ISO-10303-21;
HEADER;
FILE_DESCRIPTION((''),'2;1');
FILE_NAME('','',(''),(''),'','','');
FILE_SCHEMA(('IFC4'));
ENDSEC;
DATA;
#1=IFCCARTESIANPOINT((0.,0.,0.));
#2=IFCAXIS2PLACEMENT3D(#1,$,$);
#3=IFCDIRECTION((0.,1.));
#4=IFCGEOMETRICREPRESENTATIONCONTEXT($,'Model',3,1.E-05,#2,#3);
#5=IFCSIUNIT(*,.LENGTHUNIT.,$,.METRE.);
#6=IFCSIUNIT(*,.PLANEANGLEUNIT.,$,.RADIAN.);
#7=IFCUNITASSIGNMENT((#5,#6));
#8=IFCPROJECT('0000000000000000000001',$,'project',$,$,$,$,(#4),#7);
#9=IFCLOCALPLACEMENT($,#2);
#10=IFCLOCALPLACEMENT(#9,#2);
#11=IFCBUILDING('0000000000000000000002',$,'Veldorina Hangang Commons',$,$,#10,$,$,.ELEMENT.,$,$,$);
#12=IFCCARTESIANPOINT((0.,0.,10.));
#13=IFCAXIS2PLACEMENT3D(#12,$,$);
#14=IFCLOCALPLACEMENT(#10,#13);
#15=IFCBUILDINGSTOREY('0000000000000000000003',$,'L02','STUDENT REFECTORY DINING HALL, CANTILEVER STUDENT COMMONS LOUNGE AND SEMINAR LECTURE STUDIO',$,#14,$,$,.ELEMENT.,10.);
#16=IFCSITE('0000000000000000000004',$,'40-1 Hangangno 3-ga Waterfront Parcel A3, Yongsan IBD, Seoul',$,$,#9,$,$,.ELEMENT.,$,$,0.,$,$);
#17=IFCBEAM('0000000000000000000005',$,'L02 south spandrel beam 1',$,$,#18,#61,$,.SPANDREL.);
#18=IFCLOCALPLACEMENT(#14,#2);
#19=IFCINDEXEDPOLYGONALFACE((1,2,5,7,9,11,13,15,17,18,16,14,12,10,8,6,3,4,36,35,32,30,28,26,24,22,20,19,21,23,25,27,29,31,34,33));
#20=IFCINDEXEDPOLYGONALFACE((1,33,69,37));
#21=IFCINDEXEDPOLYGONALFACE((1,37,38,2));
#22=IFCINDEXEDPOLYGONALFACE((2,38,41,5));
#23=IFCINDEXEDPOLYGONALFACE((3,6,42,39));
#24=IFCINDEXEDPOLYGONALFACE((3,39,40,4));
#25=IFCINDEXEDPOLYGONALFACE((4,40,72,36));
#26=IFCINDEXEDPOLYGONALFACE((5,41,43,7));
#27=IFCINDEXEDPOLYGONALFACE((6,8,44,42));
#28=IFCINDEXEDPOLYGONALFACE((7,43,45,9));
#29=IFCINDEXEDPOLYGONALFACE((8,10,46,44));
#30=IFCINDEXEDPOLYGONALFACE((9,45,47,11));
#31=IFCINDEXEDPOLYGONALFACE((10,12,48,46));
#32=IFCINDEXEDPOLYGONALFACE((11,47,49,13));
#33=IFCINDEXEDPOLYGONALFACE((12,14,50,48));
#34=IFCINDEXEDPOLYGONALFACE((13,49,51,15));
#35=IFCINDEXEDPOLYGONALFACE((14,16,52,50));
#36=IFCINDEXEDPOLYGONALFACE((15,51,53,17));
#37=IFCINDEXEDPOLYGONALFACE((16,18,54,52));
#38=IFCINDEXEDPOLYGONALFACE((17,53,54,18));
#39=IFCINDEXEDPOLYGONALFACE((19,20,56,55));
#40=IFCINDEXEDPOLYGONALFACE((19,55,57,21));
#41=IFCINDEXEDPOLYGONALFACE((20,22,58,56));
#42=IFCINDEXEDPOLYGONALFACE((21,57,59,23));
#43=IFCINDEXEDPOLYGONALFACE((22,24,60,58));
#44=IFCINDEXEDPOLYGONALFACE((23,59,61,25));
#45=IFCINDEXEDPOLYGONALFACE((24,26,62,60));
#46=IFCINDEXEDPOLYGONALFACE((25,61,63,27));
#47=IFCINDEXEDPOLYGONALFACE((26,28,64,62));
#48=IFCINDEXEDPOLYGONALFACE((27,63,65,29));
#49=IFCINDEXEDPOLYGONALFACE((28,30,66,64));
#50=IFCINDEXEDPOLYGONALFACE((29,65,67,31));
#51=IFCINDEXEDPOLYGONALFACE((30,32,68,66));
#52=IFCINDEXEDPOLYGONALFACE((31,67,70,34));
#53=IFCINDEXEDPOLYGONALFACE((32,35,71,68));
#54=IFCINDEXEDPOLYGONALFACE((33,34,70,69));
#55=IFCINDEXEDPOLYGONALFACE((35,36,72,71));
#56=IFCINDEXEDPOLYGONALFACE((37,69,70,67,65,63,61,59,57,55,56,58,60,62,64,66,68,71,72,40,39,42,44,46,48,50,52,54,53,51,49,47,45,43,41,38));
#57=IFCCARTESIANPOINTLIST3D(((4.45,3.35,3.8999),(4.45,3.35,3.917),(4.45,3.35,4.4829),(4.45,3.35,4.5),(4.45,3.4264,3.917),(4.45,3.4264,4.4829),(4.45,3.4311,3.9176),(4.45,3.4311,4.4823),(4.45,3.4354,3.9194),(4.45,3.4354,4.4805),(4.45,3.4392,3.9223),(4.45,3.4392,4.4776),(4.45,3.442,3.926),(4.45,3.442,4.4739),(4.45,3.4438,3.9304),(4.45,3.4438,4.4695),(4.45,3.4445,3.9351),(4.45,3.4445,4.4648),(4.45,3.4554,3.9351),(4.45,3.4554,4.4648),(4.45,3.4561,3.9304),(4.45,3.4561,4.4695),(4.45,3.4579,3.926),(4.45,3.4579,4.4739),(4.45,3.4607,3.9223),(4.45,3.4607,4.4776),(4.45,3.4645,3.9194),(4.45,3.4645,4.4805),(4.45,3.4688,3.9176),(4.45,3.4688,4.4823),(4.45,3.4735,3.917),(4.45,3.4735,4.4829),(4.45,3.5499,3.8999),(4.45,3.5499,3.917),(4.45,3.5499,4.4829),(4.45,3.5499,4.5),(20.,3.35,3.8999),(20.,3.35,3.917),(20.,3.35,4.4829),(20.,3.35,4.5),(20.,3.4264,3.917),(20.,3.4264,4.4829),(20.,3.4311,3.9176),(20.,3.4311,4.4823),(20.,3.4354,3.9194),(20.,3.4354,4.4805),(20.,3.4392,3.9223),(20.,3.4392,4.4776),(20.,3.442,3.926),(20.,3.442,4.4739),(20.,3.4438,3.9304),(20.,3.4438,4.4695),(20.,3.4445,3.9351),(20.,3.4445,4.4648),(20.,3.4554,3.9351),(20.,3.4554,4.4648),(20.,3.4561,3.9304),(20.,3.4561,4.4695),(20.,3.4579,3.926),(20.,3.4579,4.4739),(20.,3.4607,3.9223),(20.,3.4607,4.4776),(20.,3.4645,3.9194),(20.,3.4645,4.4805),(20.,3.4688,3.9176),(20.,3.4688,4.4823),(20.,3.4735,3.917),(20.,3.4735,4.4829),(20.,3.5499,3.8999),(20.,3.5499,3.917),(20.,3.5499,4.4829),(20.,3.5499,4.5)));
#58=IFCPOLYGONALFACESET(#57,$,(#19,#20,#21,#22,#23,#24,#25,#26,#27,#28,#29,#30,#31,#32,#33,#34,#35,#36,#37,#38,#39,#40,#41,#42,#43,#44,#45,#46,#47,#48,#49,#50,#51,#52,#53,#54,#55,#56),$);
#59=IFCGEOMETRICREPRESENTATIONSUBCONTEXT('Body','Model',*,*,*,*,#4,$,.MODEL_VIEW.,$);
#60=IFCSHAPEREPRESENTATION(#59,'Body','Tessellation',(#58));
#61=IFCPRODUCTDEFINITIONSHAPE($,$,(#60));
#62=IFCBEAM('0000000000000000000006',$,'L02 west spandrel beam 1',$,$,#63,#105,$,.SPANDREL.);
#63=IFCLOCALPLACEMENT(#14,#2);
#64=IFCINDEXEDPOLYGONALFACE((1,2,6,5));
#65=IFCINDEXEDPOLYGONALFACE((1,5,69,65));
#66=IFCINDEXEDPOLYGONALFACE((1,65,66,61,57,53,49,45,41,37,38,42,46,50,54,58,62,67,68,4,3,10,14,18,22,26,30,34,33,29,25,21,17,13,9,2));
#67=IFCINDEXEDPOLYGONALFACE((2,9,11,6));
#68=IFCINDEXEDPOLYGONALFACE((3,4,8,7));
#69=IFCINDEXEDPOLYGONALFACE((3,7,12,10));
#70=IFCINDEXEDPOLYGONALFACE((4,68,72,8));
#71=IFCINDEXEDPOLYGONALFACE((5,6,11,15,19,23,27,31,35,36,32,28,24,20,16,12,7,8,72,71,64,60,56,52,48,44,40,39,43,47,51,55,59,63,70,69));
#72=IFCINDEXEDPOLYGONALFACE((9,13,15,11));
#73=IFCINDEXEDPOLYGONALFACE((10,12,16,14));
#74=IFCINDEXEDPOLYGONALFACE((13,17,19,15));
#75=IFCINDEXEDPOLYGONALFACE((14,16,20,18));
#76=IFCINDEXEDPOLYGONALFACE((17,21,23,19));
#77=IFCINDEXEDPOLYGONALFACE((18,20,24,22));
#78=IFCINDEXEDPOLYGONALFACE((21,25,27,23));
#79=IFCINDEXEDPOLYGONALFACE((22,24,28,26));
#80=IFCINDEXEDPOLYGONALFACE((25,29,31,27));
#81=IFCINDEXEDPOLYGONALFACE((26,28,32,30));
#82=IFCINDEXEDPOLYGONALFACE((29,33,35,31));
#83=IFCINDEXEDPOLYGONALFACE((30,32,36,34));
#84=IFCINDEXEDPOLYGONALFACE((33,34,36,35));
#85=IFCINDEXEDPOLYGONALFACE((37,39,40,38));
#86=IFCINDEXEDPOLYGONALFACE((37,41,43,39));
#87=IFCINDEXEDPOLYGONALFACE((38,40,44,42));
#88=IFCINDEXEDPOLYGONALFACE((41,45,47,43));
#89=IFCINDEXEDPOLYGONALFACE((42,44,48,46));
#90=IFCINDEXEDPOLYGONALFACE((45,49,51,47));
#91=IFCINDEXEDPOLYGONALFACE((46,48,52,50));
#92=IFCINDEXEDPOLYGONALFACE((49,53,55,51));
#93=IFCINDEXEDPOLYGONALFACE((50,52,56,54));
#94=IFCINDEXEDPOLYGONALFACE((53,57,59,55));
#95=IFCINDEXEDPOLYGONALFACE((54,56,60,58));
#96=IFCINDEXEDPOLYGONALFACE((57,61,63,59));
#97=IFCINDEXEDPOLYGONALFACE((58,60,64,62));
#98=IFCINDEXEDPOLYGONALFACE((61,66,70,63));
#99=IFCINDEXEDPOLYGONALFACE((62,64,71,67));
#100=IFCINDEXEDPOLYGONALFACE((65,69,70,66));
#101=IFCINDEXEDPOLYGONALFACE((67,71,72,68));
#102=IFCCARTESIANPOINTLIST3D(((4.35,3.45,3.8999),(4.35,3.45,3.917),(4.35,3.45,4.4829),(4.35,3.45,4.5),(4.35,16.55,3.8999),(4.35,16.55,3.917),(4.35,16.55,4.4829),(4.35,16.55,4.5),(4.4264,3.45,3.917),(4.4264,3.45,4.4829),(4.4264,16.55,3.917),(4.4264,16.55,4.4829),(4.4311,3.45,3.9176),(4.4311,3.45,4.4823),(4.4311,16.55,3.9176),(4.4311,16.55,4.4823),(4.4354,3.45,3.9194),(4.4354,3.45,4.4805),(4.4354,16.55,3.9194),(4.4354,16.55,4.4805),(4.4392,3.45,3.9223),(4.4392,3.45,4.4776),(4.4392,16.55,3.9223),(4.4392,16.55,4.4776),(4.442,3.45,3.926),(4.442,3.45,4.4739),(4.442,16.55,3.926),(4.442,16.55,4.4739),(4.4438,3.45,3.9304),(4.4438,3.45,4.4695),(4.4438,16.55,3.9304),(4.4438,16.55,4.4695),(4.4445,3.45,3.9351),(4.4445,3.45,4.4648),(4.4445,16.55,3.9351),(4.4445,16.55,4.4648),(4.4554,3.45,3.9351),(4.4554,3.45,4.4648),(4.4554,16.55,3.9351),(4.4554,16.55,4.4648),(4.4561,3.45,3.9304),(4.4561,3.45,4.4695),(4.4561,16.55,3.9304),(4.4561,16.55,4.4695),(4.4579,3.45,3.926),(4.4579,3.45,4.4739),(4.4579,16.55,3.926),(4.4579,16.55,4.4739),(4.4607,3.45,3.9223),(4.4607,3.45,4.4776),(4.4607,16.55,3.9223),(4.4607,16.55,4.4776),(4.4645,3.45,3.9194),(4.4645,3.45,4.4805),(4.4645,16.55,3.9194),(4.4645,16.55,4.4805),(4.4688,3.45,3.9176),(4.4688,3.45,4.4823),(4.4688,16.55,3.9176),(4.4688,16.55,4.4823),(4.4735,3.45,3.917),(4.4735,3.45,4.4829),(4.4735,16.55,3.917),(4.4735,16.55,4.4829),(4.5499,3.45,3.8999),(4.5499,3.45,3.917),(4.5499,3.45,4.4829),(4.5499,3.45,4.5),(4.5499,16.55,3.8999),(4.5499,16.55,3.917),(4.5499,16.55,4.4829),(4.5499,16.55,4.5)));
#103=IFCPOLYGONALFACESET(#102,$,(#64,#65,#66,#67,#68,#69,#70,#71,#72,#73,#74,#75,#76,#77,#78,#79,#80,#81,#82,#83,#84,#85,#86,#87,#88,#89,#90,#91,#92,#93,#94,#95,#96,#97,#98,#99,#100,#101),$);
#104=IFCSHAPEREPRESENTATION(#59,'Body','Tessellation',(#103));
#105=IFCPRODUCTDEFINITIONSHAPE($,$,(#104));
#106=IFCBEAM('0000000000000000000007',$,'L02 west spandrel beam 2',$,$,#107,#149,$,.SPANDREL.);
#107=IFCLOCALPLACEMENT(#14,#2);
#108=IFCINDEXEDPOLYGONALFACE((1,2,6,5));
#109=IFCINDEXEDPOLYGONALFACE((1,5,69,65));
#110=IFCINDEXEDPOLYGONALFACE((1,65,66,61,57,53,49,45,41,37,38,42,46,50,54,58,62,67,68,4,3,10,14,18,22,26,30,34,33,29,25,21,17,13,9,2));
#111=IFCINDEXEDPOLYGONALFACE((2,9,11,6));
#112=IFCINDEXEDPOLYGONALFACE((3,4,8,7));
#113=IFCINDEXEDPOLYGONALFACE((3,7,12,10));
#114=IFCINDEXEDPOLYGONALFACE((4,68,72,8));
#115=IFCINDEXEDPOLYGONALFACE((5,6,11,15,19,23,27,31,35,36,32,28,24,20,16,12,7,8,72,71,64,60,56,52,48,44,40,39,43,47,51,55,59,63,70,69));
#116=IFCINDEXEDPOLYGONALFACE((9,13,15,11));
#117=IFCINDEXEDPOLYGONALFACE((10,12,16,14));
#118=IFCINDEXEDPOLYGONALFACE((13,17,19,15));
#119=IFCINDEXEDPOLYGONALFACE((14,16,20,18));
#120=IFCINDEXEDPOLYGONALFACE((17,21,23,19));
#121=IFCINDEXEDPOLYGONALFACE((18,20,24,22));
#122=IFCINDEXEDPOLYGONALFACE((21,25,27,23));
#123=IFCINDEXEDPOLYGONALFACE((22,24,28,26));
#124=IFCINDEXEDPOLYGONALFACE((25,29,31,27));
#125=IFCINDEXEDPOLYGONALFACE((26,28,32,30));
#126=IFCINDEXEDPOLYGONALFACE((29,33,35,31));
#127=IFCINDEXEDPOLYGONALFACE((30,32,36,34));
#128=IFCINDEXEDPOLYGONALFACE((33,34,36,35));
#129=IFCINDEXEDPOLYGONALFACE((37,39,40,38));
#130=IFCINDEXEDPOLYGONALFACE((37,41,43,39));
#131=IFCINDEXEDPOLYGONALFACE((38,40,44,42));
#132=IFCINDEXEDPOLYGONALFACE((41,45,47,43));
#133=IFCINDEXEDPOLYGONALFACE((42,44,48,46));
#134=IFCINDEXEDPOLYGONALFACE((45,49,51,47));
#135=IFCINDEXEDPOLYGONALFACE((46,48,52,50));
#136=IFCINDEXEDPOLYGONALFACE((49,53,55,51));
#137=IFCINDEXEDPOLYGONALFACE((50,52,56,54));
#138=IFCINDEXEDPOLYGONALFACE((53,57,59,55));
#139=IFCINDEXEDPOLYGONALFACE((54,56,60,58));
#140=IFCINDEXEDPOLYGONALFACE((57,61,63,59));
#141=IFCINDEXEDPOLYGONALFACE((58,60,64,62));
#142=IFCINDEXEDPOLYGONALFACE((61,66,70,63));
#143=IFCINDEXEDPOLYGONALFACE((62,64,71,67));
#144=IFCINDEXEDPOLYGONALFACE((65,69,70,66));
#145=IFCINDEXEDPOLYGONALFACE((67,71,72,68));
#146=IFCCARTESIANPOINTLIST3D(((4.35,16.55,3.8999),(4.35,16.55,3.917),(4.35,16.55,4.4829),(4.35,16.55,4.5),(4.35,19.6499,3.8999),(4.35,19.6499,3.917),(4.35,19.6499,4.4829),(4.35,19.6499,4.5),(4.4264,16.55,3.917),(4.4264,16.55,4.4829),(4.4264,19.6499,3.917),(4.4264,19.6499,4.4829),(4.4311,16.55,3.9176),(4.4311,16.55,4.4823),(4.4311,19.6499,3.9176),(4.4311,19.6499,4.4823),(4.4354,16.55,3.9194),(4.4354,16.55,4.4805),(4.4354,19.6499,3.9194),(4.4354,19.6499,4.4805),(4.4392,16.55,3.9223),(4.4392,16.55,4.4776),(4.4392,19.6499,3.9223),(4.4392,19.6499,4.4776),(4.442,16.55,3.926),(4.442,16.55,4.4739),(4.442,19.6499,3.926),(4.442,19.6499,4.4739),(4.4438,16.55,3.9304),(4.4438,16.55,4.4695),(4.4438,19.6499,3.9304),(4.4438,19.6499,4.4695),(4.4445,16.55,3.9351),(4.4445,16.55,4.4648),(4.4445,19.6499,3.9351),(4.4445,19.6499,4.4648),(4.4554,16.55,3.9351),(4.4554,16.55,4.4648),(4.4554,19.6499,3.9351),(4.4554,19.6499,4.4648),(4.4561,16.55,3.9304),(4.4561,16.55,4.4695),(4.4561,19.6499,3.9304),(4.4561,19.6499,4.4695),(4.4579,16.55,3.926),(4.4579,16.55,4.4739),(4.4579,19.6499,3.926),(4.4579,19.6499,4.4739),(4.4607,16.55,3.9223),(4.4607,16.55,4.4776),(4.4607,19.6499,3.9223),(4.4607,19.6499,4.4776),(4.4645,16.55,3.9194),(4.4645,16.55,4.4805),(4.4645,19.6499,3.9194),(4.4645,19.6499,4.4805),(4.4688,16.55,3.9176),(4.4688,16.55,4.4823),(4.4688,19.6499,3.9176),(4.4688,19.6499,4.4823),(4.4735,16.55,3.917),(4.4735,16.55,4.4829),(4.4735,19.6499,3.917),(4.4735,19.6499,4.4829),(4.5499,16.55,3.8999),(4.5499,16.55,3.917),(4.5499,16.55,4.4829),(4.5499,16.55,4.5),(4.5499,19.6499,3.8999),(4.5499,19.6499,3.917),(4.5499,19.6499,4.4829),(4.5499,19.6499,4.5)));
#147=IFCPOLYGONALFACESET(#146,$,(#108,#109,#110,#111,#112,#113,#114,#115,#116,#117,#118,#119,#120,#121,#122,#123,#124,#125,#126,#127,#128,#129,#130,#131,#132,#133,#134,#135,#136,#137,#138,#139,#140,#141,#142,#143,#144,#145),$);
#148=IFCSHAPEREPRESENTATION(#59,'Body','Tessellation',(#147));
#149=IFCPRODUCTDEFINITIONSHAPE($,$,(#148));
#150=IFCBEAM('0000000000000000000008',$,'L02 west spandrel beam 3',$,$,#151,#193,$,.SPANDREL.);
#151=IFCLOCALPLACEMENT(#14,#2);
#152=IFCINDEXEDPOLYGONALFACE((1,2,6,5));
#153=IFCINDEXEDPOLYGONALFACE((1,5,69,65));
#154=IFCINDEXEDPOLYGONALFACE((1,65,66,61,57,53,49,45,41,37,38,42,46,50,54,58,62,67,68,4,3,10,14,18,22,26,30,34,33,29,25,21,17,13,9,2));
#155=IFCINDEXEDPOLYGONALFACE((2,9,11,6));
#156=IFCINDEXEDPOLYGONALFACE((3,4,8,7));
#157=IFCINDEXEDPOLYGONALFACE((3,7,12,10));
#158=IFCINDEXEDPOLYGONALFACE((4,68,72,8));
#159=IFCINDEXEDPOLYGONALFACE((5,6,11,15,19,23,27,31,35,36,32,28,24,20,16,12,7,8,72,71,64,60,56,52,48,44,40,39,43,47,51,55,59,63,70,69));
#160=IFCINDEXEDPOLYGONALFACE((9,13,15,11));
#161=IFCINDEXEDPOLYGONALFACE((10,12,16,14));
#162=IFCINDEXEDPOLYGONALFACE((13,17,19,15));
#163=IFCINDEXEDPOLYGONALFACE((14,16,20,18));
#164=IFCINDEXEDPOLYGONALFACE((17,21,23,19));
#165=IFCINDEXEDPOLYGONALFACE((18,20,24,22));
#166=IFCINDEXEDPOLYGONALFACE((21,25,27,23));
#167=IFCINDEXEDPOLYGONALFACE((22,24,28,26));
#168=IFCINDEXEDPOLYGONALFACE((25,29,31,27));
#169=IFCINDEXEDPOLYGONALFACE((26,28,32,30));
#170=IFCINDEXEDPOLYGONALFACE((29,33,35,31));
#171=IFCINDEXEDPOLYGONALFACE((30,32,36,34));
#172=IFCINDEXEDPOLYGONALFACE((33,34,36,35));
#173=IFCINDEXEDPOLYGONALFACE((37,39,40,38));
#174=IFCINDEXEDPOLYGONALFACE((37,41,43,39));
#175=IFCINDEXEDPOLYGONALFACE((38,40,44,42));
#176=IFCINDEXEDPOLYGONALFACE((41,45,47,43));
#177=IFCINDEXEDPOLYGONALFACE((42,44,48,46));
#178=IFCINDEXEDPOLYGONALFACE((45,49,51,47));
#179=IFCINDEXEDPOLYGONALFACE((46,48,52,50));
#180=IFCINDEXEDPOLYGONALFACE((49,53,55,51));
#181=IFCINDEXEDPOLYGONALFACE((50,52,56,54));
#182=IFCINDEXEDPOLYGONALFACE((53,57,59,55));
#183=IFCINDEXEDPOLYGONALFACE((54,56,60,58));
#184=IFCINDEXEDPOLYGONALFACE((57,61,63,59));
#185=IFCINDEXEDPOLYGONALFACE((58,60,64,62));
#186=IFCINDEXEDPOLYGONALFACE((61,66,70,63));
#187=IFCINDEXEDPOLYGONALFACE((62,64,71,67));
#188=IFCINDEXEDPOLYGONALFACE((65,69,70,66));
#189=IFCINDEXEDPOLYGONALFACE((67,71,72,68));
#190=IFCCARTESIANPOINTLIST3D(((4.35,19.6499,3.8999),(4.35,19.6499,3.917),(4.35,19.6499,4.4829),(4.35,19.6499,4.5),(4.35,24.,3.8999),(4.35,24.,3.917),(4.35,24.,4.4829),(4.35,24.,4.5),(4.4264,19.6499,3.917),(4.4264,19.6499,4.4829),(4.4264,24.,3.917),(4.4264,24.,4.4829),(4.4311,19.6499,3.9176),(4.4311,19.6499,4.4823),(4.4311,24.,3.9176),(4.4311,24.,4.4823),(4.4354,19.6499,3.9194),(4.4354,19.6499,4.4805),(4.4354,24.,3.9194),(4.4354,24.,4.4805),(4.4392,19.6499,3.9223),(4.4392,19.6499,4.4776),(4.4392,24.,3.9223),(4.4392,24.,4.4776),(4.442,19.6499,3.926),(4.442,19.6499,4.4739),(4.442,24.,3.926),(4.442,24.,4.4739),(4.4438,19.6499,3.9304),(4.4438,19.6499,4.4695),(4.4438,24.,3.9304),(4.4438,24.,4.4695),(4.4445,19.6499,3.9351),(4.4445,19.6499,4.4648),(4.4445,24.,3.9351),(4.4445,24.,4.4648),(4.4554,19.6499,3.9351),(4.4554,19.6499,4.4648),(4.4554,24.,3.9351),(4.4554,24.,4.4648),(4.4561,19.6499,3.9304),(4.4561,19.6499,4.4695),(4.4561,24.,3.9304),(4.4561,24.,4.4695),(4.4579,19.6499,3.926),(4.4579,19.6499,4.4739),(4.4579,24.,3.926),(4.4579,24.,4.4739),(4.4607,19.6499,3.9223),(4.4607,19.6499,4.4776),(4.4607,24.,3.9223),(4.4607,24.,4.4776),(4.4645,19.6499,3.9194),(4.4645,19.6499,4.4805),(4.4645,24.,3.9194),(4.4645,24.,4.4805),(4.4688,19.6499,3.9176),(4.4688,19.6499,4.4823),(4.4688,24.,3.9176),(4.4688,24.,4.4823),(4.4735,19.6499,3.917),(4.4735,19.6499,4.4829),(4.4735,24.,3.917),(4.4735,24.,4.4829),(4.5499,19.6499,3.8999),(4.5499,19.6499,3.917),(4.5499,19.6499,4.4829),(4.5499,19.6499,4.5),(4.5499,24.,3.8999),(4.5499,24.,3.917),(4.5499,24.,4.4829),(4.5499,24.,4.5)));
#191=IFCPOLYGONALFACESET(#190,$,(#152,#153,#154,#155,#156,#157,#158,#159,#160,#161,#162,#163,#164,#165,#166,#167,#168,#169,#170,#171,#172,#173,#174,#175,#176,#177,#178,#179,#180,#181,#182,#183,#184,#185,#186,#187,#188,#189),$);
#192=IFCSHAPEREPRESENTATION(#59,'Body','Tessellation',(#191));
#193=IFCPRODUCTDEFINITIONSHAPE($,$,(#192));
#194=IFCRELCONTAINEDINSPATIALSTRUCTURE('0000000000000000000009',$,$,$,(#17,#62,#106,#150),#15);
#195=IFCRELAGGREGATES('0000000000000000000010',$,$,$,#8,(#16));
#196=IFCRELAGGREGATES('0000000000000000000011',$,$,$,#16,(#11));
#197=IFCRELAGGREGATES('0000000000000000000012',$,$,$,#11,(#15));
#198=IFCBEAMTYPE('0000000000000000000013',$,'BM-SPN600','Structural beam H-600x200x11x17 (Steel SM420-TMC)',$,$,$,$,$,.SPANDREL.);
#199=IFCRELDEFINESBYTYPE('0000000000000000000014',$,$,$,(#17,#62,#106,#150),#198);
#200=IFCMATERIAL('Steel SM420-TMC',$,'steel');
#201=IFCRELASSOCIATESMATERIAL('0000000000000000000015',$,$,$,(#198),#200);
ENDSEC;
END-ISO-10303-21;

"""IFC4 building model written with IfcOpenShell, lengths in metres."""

from ifc_helpers import new_model, si_unit, direction, frame, origin, origin_2d, place, context, subcontext, project, spatial, i_section, extrude, material, material_profile, profile_set, type_object, element, save


model = new_model("IFC4")

# Units and contexts
model_context = context("Model", 3, precision=1e-05, world=origin(), true_north=direction((0.0, 1.0)))
body_context = subcontext(model_context, "Body", "Model", "MODEL_VIEW")
ifc_project = project(units=[si_unit("LENGTHUNIT", "METRE"), si_unit("PLANEANGLEUNIT", "RADIAN")], contexts=[model_context])

# Site, building, storey
site_placement = place(None, origin())
site = spatial("IfcSite", under=ifc_project, at=site_placement, Name="40-1 Hangangno 3-ga Waterfront Parcel A3, Yongsan IBD, Seoul", CompositionType="ELEMENT", RefElevation=0.0)
building_placement = place(site_placement, origin())
building = spatial("IfcBuilding", under=site, at=building_placement, Name="Veldorina Hangang Commons", CompositionType="ELEMENT")
storey_placement = place(building_placement, frame((0.0, 0.0, 10.0)))
storey = spatial("IfcBuildingStorey", under=building, at=storey_placement, Name="L02", Description="STUDENT REFECTORY DINING HALL, CANTILEVER STUDENT COMMONS LOUNGE AND SEMINAR LECTURE STUDIO", CompositionType="ELEMENT", Elevation=10.0)

# Shared definitions
ifc_material_1 = material(Name="Steel SM420-TMC", Category="steel")

# Beams
ifc_material_profile_1 = material_profile(ifc_material_1, i_section(OverallWidth=0.2, OverallDepth=0.6001, WebThickness=0.011, FlangeThickness=0.0171, FilletRadius=0.0181, at=origin_2d()), Name="H-600x200x11x17")
ifc_profile_set_1 = profile_set([ifc_material_profile_1], Name="Steel SM420-TMC")
beam_type_1 = type_object("IfcBeamType", Name="BM-SPN600", Description="Structural beam H-600x200x11x17 (Steel SM420-TMC)", PredefinedType="SPANDREL", material=ifc_profile_set_1)
beam_1_placement = place(storey_placement, frame((4.45, 3.45, 4.2), z_axis=(1.0, 0.0, 0.0), x_axis=(0.0, 1.0, 0.0)))
element("IfcBeam", 1, at=beam_1_placement, inside=storey, type_object=beam_type_1, Name="L02 south spandrel beam 1", PredefinedType="SPANDREL", context=body_context, shape_type="SweptSolid", body=[
    extrude(i_section(OverallWidth=0.2, OverallDepth=0.6001, WebThickness=0.011, FlangeThickness=0.0171, FilletRadius=0.0181, at=origin_2d()), origin(), (0.0, 0.0, 1.0), 15.55),
])
beam_2_placement = place(storey_placement, frame((4.45, 3.45, 4.2), z_axis=(0.0, 1.0, 0.0), x_axis=(-1.0, 0.0, 0.0)))
element("IfcBeam", 2, at=beam_2_placement, inside=storey, type_object=beam_type_1, Name="L02 west spandrel beam 1", PredefinedType="SPANDREL", context=body_context, shape_type="SweptSolid", body=[
    extrude(i_section(OverallWidth=0.2, OverallDepth=0.6001, WebThickness=0.011, FlangeThickness=0.0171, FilletRadius=0.0181, at=origin_2d()), origin(), (0.0, 0.0, 1.0), 13.1001),
])
beam_3_placement = place(storey_placement, frame((4.45, 16.55, 4.2), z_axis=(0.0, 1.0, 0.0), x_axis=(-1.0, 0.0, 0.0)))
element("IfcBeam", 3, at=beam_3_placement, inside=storey, type_object=beam_type_1, Name="L02 west spandrel beam 2", PredefinedType="SPANDREL", context=body_context, shape_type="SweptSolid", body=[
    extrude(i_section(OverallWidth=0.2, OverallDepth=0.6001, WebThickness=0.011, FlangeThickness=0.0171, FilletRadius=0.0181, at=origin_2d()), origin(), (0.0, 0.0, 1.0), 3.0999),
])
beam_4_placement = place(storey_placement, frame((4.45, 19.6499, 4.2), z_axis=(0.0, 1.0, 0.0), x_axis=(-1.0, 0.0, 0.0)))
element("IfcBeam", 4, at=beam_4_placement, inside=storey, type_object=beam_type_1, Name="L02 west spandrel beam 3", PredefinedType="SPANDREL", context=body_context, shape_type="SweptSolid", body=[
    extrude(i_section(OverallWidth=0.2, OverallDepth=0.6001, WebThickness=0.011, FlangeThickness=0.0171, FilletRadius=0.0181, at=origin_2d()), origin(), (0.0, 0.0, 1.0), 4.3501),
])

save(model, "model.ifc")
